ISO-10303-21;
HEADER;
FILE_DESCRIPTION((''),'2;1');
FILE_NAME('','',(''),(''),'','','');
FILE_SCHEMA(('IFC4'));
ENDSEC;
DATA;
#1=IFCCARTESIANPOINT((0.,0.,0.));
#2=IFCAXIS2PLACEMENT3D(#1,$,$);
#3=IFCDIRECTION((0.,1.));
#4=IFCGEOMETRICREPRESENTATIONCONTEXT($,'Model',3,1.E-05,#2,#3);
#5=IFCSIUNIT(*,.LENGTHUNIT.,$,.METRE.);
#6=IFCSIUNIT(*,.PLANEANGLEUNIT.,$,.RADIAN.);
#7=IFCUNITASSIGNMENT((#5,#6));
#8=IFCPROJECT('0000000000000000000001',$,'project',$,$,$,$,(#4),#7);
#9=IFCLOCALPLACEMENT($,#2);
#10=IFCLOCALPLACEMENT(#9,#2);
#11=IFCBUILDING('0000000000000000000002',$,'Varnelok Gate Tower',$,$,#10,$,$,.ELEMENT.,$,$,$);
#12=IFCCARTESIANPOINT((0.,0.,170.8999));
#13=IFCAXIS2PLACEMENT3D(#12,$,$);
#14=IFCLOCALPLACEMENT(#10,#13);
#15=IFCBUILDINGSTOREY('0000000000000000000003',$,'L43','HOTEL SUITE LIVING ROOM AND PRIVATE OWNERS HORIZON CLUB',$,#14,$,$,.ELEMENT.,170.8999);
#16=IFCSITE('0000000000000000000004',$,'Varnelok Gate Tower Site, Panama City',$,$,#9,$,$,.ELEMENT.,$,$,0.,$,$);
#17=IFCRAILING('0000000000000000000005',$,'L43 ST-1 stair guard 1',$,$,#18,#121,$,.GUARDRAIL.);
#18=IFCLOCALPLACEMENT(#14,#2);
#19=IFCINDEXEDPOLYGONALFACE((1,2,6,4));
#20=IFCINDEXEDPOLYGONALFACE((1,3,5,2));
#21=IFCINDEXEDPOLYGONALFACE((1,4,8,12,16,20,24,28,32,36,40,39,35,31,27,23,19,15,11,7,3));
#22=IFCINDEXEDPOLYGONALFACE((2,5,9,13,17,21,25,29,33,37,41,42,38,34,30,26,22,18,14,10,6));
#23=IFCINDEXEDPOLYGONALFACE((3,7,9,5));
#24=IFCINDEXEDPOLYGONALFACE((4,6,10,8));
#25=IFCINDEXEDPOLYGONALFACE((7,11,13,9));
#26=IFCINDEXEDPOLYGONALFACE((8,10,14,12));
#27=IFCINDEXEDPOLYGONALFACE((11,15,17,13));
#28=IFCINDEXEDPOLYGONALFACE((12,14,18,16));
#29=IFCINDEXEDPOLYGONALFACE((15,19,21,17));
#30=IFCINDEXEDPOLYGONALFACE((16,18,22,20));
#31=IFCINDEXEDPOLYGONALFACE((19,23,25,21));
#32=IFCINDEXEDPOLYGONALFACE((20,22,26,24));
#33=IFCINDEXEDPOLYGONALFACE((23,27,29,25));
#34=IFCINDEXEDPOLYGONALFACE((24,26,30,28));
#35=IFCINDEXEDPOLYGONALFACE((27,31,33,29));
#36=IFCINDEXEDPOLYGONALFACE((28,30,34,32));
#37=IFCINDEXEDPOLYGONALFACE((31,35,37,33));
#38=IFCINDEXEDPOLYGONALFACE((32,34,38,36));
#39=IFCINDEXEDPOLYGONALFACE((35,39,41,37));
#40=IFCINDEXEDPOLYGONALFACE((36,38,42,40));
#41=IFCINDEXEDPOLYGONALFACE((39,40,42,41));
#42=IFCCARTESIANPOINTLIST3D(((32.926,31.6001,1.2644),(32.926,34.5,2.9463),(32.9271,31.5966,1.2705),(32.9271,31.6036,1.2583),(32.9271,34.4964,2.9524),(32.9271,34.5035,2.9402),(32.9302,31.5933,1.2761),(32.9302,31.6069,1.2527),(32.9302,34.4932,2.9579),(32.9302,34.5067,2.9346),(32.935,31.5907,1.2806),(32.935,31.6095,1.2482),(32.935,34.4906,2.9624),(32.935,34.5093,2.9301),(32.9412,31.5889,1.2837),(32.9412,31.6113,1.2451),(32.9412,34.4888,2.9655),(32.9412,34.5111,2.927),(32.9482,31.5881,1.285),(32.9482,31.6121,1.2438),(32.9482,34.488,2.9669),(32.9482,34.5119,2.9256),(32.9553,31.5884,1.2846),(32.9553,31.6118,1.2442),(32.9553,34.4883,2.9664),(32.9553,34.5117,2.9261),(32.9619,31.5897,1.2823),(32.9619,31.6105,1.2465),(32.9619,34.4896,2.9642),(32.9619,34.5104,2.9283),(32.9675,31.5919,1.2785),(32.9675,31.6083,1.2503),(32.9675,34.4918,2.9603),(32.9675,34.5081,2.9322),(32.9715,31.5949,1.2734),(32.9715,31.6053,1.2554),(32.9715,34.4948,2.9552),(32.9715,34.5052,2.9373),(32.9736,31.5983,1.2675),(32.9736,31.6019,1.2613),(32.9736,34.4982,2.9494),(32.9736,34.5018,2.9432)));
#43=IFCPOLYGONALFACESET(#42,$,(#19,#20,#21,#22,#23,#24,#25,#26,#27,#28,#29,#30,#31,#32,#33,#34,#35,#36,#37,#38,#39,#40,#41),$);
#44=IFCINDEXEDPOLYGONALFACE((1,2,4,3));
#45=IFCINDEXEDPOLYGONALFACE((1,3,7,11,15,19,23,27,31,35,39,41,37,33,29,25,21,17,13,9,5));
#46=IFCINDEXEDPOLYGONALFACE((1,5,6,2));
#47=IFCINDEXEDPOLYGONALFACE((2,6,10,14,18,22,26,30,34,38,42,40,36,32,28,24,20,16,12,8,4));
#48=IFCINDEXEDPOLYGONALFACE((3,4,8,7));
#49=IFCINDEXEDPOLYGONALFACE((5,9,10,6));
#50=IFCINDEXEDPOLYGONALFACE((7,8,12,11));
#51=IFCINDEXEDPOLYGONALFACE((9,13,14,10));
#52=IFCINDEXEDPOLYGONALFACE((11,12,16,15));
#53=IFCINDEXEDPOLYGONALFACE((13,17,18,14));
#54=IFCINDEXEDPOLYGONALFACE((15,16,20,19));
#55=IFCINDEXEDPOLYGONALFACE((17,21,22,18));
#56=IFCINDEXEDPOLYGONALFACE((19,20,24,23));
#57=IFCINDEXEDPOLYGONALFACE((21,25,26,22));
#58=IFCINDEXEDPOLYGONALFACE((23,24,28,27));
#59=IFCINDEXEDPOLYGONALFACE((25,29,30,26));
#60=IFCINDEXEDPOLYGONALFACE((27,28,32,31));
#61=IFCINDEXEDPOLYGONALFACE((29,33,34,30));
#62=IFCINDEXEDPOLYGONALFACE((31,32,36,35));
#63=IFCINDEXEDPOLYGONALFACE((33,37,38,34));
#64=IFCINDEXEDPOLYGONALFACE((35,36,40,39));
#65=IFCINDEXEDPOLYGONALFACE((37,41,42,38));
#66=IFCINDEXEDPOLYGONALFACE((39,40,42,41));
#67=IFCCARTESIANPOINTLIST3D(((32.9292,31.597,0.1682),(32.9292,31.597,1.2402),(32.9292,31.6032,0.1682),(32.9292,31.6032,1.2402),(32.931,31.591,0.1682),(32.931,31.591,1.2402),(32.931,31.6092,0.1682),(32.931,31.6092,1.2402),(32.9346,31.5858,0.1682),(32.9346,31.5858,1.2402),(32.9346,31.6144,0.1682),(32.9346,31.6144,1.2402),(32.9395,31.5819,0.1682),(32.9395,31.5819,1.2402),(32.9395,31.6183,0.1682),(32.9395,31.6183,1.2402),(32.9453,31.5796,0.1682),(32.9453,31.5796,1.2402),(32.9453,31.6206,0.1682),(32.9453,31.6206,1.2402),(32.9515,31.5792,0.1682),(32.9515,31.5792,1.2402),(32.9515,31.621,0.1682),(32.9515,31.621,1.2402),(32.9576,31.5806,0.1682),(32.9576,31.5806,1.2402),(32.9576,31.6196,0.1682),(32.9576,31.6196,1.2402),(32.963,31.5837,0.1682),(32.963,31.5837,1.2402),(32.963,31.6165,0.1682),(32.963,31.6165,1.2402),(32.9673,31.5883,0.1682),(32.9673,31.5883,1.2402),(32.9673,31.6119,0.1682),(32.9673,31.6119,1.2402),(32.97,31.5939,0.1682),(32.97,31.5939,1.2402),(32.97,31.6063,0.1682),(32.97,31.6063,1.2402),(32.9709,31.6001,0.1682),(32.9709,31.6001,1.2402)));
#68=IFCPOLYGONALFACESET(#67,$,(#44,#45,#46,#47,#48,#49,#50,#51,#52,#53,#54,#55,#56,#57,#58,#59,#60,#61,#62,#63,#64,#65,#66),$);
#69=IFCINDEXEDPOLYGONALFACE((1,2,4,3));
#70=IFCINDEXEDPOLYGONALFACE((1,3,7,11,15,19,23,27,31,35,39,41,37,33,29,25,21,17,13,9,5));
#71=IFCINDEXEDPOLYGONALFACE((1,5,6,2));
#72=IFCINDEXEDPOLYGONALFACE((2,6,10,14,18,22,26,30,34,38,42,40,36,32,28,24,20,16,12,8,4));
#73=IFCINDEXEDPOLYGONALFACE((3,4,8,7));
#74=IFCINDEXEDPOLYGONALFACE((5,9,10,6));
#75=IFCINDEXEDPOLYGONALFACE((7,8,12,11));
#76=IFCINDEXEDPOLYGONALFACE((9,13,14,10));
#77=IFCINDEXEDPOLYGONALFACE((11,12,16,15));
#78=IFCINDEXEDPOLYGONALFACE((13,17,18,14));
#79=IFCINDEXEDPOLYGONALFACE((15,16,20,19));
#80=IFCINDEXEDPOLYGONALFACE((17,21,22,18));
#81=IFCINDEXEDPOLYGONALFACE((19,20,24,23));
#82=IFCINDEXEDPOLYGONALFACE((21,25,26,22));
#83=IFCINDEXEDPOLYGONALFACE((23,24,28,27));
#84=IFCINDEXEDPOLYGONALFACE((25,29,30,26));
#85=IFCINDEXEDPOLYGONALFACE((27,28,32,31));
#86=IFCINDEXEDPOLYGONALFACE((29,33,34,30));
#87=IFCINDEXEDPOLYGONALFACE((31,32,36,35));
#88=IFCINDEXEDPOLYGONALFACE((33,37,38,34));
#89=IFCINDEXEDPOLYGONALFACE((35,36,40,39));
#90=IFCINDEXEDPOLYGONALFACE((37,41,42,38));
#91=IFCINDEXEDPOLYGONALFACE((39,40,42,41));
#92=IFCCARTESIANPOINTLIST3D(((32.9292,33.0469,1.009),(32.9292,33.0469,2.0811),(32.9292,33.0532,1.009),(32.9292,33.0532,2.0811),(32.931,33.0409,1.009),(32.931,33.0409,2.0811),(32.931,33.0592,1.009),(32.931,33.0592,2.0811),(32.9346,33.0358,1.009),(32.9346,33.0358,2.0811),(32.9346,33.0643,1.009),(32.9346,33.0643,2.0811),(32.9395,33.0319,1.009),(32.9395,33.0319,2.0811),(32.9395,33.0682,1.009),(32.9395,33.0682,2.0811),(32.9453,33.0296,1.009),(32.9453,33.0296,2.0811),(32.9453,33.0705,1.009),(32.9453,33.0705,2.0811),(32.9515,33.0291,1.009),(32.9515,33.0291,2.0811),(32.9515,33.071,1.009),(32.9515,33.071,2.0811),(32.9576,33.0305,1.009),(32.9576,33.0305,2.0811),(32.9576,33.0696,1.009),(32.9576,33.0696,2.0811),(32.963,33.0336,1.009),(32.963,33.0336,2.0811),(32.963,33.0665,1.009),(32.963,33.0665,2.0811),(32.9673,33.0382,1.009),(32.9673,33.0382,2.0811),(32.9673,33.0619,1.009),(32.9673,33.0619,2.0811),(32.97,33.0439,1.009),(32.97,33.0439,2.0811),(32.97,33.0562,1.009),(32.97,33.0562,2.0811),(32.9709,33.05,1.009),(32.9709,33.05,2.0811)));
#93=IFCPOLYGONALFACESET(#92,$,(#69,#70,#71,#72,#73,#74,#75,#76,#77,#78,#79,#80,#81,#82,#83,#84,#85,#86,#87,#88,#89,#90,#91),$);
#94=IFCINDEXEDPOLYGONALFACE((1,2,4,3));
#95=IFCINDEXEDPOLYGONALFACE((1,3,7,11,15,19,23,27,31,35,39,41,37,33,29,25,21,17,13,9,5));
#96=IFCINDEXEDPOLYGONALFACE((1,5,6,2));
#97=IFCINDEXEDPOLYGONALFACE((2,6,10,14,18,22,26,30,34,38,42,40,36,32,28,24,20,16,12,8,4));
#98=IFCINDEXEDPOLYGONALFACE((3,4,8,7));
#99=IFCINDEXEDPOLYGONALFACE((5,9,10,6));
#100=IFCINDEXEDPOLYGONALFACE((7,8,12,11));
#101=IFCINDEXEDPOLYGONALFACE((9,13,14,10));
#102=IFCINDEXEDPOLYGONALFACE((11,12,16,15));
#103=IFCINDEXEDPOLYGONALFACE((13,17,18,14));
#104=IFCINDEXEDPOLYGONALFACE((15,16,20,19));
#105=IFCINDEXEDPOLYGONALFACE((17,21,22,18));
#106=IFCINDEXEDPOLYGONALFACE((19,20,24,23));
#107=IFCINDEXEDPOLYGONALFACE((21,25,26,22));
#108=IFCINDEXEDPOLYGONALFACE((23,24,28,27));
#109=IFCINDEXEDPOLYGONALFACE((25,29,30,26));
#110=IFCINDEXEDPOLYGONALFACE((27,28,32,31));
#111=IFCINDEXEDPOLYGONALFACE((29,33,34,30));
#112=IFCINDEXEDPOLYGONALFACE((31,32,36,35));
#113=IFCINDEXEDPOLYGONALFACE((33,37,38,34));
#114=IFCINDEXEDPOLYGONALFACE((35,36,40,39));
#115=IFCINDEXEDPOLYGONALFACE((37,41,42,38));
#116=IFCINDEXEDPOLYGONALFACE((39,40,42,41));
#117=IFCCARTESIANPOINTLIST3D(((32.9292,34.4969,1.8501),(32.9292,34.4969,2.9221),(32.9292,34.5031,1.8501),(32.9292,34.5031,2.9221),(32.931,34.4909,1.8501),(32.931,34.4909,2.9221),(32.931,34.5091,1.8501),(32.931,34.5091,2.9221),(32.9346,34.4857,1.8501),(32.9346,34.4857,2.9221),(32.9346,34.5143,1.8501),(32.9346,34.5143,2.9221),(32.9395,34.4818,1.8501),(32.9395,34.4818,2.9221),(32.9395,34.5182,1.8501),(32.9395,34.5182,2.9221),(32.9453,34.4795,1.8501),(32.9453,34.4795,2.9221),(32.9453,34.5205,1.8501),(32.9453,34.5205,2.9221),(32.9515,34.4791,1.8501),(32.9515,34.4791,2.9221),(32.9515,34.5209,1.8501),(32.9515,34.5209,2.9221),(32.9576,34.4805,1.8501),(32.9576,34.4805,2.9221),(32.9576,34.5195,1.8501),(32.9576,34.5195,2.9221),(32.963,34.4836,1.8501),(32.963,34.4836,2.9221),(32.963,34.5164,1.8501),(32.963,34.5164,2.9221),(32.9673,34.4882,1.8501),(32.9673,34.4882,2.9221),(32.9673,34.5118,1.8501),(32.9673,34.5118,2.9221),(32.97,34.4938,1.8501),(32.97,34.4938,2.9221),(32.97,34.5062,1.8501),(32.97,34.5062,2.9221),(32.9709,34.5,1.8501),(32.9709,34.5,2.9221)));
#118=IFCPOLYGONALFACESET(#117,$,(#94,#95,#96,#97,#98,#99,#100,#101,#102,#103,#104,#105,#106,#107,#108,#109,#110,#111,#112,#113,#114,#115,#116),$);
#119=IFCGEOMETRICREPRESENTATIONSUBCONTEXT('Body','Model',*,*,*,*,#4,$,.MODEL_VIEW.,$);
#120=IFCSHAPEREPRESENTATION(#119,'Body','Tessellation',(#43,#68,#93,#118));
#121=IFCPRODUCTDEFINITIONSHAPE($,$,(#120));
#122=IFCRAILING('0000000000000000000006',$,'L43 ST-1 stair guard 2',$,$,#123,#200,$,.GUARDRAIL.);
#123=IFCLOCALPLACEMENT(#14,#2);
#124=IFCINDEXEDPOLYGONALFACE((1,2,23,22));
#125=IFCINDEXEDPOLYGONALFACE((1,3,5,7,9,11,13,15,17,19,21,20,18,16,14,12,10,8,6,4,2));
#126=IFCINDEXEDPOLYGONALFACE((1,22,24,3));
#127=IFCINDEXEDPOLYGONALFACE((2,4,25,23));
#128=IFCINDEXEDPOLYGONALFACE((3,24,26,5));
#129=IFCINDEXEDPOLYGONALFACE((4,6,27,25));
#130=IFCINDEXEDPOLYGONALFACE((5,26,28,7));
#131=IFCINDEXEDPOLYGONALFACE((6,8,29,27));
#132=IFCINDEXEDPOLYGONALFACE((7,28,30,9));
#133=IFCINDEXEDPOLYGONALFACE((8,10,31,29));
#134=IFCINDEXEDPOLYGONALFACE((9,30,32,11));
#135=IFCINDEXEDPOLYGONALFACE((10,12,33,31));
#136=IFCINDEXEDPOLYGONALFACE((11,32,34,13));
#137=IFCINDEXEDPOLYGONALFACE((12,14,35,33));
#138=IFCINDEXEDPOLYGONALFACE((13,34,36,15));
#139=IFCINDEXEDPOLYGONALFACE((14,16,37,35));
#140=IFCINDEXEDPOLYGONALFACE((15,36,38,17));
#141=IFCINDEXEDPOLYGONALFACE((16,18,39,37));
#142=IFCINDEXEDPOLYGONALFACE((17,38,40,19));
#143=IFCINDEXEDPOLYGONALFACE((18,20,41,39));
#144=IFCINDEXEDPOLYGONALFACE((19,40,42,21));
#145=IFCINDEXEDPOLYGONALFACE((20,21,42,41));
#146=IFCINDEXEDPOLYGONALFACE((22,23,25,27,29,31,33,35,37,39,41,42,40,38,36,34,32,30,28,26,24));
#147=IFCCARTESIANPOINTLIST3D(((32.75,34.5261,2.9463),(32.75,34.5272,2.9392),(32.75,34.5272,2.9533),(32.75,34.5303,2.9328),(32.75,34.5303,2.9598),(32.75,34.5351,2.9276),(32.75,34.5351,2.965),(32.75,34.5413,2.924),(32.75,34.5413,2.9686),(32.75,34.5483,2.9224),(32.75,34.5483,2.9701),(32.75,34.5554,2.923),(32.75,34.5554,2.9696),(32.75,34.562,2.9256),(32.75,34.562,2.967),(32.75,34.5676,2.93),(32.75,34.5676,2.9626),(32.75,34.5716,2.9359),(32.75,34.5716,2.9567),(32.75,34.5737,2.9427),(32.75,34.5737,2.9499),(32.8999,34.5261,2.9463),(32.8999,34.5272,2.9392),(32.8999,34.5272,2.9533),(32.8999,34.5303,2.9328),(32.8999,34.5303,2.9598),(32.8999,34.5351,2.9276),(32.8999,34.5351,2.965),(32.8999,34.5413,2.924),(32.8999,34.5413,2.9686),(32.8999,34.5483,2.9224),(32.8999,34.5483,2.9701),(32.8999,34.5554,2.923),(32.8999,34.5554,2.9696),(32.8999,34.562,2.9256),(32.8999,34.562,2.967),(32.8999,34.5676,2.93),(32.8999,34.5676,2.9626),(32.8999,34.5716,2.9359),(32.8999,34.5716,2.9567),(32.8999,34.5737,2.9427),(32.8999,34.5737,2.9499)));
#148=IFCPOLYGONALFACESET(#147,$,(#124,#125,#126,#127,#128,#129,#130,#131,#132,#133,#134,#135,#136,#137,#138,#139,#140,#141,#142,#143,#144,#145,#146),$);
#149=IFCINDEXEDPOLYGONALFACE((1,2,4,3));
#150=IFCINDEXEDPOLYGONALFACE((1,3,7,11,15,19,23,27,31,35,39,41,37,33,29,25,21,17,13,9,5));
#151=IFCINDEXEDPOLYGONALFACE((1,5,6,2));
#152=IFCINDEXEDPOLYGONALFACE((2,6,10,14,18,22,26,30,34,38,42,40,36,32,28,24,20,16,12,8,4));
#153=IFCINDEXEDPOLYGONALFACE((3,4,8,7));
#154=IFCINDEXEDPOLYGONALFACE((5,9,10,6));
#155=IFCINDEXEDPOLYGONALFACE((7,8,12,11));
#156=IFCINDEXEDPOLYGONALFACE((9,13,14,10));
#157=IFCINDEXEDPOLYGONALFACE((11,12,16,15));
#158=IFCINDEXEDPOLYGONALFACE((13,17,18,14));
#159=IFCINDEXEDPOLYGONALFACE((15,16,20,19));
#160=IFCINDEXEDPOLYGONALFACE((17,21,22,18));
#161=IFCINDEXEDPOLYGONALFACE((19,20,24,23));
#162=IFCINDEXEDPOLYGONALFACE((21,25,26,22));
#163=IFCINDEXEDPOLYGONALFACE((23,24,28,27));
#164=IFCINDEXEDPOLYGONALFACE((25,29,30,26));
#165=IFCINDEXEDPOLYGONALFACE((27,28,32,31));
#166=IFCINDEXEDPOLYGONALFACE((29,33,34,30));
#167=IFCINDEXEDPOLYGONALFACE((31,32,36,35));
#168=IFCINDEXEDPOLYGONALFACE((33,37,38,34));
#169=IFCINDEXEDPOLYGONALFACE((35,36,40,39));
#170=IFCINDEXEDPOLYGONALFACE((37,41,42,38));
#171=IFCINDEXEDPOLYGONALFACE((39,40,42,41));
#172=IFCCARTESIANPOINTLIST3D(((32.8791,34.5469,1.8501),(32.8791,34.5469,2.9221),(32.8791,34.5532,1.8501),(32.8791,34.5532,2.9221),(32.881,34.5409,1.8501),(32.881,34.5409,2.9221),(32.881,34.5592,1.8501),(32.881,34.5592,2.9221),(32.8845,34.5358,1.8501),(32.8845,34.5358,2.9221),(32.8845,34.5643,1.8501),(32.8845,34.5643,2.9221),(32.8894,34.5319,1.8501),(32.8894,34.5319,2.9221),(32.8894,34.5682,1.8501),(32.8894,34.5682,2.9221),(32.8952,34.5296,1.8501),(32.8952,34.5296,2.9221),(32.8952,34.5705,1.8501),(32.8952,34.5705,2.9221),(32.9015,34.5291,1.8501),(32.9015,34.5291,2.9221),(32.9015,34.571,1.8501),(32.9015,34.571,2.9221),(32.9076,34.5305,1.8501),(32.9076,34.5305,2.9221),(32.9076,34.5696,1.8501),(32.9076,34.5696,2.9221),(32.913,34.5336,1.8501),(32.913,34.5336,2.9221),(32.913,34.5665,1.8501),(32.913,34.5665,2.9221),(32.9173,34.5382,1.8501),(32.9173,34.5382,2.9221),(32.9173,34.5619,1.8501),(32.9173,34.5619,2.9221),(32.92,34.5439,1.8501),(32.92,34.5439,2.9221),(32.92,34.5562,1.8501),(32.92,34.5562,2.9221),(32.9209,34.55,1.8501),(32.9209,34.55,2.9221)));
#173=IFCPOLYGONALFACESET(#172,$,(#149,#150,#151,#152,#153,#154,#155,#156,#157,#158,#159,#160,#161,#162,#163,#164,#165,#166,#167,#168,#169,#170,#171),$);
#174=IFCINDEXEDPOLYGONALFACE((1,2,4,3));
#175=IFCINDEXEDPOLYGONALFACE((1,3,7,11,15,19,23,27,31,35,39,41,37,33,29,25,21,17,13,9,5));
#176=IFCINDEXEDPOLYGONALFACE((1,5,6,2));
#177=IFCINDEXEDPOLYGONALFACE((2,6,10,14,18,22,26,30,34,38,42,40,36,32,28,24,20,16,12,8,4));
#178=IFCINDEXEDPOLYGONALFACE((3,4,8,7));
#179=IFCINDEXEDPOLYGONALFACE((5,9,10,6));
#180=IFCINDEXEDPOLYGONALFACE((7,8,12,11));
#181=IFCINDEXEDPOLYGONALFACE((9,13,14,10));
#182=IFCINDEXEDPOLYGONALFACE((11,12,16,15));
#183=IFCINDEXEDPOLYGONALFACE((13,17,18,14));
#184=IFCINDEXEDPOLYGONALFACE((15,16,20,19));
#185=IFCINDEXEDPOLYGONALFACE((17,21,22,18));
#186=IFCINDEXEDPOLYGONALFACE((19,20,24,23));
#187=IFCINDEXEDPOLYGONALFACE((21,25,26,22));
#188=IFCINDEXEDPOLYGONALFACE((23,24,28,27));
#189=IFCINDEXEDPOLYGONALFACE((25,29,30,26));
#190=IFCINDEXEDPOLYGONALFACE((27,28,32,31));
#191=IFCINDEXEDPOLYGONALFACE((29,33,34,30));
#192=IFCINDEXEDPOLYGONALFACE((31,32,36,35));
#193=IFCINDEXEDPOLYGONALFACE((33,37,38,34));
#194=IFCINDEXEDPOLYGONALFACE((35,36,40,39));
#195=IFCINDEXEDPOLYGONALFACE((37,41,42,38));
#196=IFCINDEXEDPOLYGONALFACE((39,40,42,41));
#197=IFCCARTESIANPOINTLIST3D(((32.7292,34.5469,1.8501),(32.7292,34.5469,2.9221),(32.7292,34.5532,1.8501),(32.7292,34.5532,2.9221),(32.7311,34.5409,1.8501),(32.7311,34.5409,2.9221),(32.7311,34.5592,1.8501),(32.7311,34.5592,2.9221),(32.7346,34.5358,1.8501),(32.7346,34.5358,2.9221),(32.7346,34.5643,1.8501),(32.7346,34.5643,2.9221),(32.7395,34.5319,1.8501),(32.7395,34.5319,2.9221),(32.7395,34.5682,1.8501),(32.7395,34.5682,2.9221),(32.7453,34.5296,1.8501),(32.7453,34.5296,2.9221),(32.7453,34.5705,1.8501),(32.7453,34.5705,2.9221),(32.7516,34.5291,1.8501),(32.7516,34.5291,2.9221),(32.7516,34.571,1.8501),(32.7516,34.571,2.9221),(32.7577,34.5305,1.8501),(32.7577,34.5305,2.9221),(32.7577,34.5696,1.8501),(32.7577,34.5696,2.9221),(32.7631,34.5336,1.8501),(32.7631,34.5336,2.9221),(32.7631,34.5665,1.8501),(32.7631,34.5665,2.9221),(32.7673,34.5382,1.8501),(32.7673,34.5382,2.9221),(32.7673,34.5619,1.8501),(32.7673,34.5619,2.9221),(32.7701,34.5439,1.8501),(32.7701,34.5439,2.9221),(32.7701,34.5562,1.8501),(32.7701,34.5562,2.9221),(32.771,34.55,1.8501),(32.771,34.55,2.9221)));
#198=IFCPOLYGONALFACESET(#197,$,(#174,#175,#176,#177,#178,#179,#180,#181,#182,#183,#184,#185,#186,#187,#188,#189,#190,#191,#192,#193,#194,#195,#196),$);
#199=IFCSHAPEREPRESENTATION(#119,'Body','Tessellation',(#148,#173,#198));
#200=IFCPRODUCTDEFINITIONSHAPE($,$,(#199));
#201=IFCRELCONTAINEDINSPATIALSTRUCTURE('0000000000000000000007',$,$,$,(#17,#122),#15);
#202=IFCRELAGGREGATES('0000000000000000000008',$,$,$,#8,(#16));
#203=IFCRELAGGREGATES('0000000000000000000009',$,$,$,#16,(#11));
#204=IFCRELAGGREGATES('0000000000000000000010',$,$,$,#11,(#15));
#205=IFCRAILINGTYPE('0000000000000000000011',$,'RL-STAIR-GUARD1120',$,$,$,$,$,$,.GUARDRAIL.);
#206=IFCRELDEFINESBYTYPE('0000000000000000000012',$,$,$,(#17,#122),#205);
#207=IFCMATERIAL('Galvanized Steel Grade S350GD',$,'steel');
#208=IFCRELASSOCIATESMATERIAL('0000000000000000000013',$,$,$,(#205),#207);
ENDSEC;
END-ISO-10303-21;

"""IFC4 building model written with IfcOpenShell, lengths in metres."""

from ifc_helpers import new_model, si_unit, direction, frame, origin, origin_2d, place, context, subcontext, project, spatial, circle, extrude, material, type_object, element, save


model = new_model("IFC4")

# Units and contexts
model_context = context("Model", 3, precision=1e-05, world=origin(), true_north=direction((0.0, 1.0)))
body_context = subcontext(model_context, "Body", "Model", "MODEL_VIEW")
ifc_project = project(units=[si_unit("LENGTHUNIT", "METRE"), si_unit("PLANEANGLEUNIT", "RADIAN")], contexts=[model_context])

# Site, building, storey
site_placement = place(None, origin())
site = spatial("IfcSite", under=ifc_project, at=site_placement, Name="Varnelok Gate Tower Site, Panama City", CompositionType="ELEMENT", RefElevation=0.0)
building_placement = place(site_placement, origin())
building = spatial("IfcBuilding", under=site, at=building_placement, Name="Varnelok Gate Tower", CompositionType="ELEMENT")
storey_placement = place(building_placement, frame((0.0, 0.0, 170.8999)))
storey = spatial("IfcBuildingStorey", under=building, at=storey_placement, Name="L43", Description="HOTEL SUITE LIVING ROOM AND PRIVATE OWNERS HORIZON CLUB", CompositionType="ELEMENT", Elevation=170.8999)

# Shared definitions
ifc_material_1 = material(Name="Galvanized Steel Grade S350GD", Category="steel")

# Railings
railing_type_1 = type_object("IfcRailingType", Name="RL-STAIR-GUARD1120", PredefinedType="GUARDRAIL", material=ifc_material_1)
railing_1_placement = place(storey_placement, frame((32.95, 31.6001, 0.1682)))
element("IfcRailing", 1, at=railing_1_placement, inside=storey, type_object=railing_type_1, Name="L43 ST-1 stair guard 1", PredefinedType="GUARDRAIL", context=body_context, shape_type="SweptSolid", body=[
    extrude(circle(Radius=0.0239, at=origin_2d()), frame((0.0, 0.0, 1.0962), z_axis=(0.0, 0.865039, 0.501705), x_axis=(-1.0, 0.0, 0.0)), (0.0, 0.0, 1.0), 3.3523),
    extrude(circle(Radius=0.021, at=origin_2d()), origin(), (0.0, 0.0, 1.0), 1.072),
    extrude(circle(Radius=0.021, at=origin_2d()), frame((0.0, 1.45, 0.8408)), (0.0, 0.0, 1.0), 1.072),
    extrude(circle(Radius=0.021, at=origin_2d()), frame((0.0, 2.8999, 1.6819)), (0.0, 0.0, 1.0), 1.072),
])
railing_2_placement = place(storey_placement, frame((32.8999, 34.55, 1.8501)))
element("IfcRailing", 2, at=railing_2_placement, inside=storey, type_object=railing_type_1, Name="L43 ST-1 stair guard 2", PredefinedType="GUARDRAIL", context=body_context, shape_type="SweptSolid", body=[
    extrude(circle(Radius=0.0239, at=origin_2d()), frame((0.0, 0.0, 1.0962), z_axis=(-1.0, 0.0, 0.0), x_axis=(0.0, -1.0, 0.0)), (0.0, 0.0, 1.0), 0.1499),
    extrude(circle(Radius=0.021, at=origin_2d()), origin(), (0.0, 0.0, 1.0), 1.072),
    extrude(circle(Radius=0.021, at=origin_2d()), frame((-0.1499, 0.0, 0.0)), (0.0, 0.0, 1.0), 1.072),
])

save(model, "model.ifc")
